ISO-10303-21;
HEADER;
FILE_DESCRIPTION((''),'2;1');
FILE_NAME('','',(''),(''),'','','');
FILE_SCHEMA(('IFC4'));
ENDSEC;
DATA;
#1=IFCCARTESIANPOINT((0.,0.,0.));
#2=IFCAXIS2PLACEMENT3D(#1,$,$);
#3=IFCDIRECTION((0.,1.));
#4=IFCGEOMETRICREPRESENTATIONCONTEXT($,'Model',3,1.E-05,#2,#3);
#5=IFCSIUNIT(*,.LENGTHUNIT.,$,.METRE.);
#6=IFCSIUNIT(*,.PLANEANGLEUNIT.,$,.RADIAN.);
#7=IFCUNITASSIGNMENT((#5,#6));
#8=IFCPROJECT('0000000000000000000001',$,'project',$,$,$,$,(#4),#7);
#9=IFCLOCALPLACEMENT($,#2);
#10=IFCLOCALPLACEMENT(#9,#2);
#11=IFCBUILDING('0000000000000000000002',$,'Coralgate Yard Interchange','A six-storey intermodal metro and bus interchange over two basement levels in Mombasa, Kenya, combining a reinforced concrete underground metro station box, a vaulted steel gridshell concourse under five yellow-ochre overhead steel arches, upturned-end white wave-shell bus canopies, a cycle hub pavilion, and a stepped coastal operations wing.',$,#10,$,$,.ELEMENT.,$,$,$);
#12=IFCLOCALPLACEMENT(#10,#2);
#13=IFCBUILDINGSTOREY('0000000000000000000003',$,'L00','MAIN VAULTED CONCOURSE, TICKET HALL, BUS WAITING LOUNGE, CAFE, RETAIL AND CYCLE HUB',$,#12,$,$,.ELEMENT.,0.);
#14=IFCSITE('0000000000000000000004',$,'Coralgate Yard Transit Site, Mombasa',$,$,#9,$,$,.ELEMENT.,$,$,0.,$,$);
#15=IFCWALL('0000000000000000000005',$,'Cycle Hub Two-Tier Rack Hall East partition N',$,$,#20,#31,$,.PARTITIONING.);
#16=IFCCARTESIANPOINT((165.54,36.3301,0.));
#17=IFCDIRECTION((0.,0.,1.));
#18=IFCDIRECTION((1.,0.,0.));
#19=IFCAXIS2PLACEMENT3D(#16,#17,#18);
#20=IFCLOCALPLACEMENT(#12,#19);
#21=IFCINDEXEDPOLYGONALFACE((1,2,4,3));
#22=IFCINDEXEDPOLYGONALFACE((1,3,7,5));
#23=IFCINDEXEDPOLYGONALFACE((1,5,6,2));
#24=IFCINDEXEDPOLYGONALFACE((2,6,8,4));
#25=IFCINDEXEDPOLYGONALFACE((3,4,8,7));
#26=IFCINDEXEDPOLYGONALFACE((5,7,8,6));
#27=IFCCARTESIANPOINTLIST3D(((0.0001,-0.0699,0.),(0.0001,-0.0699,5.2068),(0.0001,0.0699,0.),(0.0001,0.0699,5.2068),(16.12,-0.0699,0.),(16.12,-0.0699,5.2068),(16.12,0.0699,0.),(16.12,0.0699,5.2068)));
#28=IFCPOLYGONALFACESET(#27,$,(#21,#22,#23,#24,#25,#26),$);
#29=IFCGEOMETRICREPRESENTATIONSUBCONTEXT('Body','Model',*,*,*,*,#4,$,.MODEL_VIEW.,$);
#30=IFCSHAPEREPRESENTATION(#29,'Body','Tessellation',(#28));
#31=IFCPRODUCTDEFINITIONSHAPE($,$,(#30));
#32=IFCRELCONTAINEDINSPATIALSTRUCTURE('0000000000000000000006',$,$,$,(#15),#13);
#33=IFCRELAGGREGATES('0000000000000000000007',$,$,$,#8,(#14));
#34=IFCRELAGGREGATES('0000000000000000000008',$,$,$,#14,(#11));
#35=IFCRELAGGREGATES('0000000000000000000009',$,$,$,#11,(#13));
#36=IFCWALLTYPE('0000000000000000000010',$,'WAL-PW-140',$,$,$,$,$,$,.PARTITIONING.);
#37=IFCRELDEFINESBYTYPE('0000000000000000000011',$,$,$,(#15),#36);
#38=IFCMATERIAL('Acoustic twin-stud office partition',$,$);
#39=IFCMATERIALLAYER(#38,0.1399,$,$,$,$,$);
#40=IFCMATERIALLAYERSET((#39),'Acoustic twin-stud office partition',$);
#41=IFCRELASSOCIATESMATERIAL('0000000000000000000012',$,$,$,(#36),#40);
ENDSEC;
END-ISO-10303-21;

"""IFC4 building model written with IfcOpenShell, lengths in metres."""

from ifc_helpers import new_model, si_unit, direction, frame, frame_2d, origin, place, context, subcontext, project, spatial, rectangle, extrude, material, layer, layer_set, type_object, element, save


model = new_model("IFC4")

# Units and contexts
model_context = context("Model", 3, precision=1e-05, world=origin(), true_north=direction((0.0, 1.0)))
body_context = subcontext(model_context, "Body", "Model", "MODEL_VIEW")
ifc_project = project(units=[si_unit("LENGTHUNIT", "METRE"), si_unit("PLANEANGLEUNIT", "RADIAN")], contexts=[model_context])

# Site, building, storey
site_placement = place(None, origin())
site = spatial("IfcSite", under=ifc_project, at=site_placement, Name="Coralgate Yard Transit Site, Mombasa", CompositionType="ELEMENT", RefElevation=0.0)
building_placement = place(site_placement, origin())
building = spatial("IfcBuilding", under=site, at=building_placement, Name="Coralgate Yard Interchange", Description="A six-storey intermodal metro and bus interchange over two basement levels in Mombasa, Kenya, combining a reinforced concrete underground metro station box, a vaulted steel gridshell concourse under five yellow-ochre overhead steel arches, upturned-end white wave-shell bus canopies, a cycle hub pavilion, and a stepped coastal operations wing.", CompositionType="ELEMENT")
storey_placement = place(building_placement, origin())
storey = spatial("IfcBuildingStorey", under=building, at=storey_placement, Name="L00", Description="MAIN VAULTED CONCOURSE, TICKET HALL, BUS WAITING LOUNGE, CAFE, RETAIL AND CYCLE HUB", CompositionType="ELEMENT", Elevation=0.0)

# Wall
ifc_material_1 = material(Name="Acoustic twin-stud office partition")
ifc_layer_1 = layer(ifc_material_1, 0.1399)
ifc_layer_set_1 = layer_set([ifc_layer_1], Name="Acoustic twin-stud office partition")
wall_type_1 = type_object("IfcWallType", Name="WAL-PW-140", PredefinedType="PARTITIONING", material=ifc_layer_set_1)
wall_1_placement = place(storey_placement, frame((165.54, 36.3301, 0.0), z_axis=(0.0, 0.0, 1.0), x_axis=(1.0, 0.0, 0.0)))
element("IfcWall", 1, at=wall_1_placement, inside=storey, type_object=wall_type_1, Name="Cycle Hub Two-Tier Rack Hall East partition N", PredefinedType="PARTITIONING", context=body_context, shape_type="SweptSolid", body=[
    extrude(rectangle(XDim=16.1199, YDim=0.1399, at=frame_2d((8.0601, 0.0))), origin(), (0.0, 0.0, 1.0), 5.2068),
])

save(model, "model.ifc")
